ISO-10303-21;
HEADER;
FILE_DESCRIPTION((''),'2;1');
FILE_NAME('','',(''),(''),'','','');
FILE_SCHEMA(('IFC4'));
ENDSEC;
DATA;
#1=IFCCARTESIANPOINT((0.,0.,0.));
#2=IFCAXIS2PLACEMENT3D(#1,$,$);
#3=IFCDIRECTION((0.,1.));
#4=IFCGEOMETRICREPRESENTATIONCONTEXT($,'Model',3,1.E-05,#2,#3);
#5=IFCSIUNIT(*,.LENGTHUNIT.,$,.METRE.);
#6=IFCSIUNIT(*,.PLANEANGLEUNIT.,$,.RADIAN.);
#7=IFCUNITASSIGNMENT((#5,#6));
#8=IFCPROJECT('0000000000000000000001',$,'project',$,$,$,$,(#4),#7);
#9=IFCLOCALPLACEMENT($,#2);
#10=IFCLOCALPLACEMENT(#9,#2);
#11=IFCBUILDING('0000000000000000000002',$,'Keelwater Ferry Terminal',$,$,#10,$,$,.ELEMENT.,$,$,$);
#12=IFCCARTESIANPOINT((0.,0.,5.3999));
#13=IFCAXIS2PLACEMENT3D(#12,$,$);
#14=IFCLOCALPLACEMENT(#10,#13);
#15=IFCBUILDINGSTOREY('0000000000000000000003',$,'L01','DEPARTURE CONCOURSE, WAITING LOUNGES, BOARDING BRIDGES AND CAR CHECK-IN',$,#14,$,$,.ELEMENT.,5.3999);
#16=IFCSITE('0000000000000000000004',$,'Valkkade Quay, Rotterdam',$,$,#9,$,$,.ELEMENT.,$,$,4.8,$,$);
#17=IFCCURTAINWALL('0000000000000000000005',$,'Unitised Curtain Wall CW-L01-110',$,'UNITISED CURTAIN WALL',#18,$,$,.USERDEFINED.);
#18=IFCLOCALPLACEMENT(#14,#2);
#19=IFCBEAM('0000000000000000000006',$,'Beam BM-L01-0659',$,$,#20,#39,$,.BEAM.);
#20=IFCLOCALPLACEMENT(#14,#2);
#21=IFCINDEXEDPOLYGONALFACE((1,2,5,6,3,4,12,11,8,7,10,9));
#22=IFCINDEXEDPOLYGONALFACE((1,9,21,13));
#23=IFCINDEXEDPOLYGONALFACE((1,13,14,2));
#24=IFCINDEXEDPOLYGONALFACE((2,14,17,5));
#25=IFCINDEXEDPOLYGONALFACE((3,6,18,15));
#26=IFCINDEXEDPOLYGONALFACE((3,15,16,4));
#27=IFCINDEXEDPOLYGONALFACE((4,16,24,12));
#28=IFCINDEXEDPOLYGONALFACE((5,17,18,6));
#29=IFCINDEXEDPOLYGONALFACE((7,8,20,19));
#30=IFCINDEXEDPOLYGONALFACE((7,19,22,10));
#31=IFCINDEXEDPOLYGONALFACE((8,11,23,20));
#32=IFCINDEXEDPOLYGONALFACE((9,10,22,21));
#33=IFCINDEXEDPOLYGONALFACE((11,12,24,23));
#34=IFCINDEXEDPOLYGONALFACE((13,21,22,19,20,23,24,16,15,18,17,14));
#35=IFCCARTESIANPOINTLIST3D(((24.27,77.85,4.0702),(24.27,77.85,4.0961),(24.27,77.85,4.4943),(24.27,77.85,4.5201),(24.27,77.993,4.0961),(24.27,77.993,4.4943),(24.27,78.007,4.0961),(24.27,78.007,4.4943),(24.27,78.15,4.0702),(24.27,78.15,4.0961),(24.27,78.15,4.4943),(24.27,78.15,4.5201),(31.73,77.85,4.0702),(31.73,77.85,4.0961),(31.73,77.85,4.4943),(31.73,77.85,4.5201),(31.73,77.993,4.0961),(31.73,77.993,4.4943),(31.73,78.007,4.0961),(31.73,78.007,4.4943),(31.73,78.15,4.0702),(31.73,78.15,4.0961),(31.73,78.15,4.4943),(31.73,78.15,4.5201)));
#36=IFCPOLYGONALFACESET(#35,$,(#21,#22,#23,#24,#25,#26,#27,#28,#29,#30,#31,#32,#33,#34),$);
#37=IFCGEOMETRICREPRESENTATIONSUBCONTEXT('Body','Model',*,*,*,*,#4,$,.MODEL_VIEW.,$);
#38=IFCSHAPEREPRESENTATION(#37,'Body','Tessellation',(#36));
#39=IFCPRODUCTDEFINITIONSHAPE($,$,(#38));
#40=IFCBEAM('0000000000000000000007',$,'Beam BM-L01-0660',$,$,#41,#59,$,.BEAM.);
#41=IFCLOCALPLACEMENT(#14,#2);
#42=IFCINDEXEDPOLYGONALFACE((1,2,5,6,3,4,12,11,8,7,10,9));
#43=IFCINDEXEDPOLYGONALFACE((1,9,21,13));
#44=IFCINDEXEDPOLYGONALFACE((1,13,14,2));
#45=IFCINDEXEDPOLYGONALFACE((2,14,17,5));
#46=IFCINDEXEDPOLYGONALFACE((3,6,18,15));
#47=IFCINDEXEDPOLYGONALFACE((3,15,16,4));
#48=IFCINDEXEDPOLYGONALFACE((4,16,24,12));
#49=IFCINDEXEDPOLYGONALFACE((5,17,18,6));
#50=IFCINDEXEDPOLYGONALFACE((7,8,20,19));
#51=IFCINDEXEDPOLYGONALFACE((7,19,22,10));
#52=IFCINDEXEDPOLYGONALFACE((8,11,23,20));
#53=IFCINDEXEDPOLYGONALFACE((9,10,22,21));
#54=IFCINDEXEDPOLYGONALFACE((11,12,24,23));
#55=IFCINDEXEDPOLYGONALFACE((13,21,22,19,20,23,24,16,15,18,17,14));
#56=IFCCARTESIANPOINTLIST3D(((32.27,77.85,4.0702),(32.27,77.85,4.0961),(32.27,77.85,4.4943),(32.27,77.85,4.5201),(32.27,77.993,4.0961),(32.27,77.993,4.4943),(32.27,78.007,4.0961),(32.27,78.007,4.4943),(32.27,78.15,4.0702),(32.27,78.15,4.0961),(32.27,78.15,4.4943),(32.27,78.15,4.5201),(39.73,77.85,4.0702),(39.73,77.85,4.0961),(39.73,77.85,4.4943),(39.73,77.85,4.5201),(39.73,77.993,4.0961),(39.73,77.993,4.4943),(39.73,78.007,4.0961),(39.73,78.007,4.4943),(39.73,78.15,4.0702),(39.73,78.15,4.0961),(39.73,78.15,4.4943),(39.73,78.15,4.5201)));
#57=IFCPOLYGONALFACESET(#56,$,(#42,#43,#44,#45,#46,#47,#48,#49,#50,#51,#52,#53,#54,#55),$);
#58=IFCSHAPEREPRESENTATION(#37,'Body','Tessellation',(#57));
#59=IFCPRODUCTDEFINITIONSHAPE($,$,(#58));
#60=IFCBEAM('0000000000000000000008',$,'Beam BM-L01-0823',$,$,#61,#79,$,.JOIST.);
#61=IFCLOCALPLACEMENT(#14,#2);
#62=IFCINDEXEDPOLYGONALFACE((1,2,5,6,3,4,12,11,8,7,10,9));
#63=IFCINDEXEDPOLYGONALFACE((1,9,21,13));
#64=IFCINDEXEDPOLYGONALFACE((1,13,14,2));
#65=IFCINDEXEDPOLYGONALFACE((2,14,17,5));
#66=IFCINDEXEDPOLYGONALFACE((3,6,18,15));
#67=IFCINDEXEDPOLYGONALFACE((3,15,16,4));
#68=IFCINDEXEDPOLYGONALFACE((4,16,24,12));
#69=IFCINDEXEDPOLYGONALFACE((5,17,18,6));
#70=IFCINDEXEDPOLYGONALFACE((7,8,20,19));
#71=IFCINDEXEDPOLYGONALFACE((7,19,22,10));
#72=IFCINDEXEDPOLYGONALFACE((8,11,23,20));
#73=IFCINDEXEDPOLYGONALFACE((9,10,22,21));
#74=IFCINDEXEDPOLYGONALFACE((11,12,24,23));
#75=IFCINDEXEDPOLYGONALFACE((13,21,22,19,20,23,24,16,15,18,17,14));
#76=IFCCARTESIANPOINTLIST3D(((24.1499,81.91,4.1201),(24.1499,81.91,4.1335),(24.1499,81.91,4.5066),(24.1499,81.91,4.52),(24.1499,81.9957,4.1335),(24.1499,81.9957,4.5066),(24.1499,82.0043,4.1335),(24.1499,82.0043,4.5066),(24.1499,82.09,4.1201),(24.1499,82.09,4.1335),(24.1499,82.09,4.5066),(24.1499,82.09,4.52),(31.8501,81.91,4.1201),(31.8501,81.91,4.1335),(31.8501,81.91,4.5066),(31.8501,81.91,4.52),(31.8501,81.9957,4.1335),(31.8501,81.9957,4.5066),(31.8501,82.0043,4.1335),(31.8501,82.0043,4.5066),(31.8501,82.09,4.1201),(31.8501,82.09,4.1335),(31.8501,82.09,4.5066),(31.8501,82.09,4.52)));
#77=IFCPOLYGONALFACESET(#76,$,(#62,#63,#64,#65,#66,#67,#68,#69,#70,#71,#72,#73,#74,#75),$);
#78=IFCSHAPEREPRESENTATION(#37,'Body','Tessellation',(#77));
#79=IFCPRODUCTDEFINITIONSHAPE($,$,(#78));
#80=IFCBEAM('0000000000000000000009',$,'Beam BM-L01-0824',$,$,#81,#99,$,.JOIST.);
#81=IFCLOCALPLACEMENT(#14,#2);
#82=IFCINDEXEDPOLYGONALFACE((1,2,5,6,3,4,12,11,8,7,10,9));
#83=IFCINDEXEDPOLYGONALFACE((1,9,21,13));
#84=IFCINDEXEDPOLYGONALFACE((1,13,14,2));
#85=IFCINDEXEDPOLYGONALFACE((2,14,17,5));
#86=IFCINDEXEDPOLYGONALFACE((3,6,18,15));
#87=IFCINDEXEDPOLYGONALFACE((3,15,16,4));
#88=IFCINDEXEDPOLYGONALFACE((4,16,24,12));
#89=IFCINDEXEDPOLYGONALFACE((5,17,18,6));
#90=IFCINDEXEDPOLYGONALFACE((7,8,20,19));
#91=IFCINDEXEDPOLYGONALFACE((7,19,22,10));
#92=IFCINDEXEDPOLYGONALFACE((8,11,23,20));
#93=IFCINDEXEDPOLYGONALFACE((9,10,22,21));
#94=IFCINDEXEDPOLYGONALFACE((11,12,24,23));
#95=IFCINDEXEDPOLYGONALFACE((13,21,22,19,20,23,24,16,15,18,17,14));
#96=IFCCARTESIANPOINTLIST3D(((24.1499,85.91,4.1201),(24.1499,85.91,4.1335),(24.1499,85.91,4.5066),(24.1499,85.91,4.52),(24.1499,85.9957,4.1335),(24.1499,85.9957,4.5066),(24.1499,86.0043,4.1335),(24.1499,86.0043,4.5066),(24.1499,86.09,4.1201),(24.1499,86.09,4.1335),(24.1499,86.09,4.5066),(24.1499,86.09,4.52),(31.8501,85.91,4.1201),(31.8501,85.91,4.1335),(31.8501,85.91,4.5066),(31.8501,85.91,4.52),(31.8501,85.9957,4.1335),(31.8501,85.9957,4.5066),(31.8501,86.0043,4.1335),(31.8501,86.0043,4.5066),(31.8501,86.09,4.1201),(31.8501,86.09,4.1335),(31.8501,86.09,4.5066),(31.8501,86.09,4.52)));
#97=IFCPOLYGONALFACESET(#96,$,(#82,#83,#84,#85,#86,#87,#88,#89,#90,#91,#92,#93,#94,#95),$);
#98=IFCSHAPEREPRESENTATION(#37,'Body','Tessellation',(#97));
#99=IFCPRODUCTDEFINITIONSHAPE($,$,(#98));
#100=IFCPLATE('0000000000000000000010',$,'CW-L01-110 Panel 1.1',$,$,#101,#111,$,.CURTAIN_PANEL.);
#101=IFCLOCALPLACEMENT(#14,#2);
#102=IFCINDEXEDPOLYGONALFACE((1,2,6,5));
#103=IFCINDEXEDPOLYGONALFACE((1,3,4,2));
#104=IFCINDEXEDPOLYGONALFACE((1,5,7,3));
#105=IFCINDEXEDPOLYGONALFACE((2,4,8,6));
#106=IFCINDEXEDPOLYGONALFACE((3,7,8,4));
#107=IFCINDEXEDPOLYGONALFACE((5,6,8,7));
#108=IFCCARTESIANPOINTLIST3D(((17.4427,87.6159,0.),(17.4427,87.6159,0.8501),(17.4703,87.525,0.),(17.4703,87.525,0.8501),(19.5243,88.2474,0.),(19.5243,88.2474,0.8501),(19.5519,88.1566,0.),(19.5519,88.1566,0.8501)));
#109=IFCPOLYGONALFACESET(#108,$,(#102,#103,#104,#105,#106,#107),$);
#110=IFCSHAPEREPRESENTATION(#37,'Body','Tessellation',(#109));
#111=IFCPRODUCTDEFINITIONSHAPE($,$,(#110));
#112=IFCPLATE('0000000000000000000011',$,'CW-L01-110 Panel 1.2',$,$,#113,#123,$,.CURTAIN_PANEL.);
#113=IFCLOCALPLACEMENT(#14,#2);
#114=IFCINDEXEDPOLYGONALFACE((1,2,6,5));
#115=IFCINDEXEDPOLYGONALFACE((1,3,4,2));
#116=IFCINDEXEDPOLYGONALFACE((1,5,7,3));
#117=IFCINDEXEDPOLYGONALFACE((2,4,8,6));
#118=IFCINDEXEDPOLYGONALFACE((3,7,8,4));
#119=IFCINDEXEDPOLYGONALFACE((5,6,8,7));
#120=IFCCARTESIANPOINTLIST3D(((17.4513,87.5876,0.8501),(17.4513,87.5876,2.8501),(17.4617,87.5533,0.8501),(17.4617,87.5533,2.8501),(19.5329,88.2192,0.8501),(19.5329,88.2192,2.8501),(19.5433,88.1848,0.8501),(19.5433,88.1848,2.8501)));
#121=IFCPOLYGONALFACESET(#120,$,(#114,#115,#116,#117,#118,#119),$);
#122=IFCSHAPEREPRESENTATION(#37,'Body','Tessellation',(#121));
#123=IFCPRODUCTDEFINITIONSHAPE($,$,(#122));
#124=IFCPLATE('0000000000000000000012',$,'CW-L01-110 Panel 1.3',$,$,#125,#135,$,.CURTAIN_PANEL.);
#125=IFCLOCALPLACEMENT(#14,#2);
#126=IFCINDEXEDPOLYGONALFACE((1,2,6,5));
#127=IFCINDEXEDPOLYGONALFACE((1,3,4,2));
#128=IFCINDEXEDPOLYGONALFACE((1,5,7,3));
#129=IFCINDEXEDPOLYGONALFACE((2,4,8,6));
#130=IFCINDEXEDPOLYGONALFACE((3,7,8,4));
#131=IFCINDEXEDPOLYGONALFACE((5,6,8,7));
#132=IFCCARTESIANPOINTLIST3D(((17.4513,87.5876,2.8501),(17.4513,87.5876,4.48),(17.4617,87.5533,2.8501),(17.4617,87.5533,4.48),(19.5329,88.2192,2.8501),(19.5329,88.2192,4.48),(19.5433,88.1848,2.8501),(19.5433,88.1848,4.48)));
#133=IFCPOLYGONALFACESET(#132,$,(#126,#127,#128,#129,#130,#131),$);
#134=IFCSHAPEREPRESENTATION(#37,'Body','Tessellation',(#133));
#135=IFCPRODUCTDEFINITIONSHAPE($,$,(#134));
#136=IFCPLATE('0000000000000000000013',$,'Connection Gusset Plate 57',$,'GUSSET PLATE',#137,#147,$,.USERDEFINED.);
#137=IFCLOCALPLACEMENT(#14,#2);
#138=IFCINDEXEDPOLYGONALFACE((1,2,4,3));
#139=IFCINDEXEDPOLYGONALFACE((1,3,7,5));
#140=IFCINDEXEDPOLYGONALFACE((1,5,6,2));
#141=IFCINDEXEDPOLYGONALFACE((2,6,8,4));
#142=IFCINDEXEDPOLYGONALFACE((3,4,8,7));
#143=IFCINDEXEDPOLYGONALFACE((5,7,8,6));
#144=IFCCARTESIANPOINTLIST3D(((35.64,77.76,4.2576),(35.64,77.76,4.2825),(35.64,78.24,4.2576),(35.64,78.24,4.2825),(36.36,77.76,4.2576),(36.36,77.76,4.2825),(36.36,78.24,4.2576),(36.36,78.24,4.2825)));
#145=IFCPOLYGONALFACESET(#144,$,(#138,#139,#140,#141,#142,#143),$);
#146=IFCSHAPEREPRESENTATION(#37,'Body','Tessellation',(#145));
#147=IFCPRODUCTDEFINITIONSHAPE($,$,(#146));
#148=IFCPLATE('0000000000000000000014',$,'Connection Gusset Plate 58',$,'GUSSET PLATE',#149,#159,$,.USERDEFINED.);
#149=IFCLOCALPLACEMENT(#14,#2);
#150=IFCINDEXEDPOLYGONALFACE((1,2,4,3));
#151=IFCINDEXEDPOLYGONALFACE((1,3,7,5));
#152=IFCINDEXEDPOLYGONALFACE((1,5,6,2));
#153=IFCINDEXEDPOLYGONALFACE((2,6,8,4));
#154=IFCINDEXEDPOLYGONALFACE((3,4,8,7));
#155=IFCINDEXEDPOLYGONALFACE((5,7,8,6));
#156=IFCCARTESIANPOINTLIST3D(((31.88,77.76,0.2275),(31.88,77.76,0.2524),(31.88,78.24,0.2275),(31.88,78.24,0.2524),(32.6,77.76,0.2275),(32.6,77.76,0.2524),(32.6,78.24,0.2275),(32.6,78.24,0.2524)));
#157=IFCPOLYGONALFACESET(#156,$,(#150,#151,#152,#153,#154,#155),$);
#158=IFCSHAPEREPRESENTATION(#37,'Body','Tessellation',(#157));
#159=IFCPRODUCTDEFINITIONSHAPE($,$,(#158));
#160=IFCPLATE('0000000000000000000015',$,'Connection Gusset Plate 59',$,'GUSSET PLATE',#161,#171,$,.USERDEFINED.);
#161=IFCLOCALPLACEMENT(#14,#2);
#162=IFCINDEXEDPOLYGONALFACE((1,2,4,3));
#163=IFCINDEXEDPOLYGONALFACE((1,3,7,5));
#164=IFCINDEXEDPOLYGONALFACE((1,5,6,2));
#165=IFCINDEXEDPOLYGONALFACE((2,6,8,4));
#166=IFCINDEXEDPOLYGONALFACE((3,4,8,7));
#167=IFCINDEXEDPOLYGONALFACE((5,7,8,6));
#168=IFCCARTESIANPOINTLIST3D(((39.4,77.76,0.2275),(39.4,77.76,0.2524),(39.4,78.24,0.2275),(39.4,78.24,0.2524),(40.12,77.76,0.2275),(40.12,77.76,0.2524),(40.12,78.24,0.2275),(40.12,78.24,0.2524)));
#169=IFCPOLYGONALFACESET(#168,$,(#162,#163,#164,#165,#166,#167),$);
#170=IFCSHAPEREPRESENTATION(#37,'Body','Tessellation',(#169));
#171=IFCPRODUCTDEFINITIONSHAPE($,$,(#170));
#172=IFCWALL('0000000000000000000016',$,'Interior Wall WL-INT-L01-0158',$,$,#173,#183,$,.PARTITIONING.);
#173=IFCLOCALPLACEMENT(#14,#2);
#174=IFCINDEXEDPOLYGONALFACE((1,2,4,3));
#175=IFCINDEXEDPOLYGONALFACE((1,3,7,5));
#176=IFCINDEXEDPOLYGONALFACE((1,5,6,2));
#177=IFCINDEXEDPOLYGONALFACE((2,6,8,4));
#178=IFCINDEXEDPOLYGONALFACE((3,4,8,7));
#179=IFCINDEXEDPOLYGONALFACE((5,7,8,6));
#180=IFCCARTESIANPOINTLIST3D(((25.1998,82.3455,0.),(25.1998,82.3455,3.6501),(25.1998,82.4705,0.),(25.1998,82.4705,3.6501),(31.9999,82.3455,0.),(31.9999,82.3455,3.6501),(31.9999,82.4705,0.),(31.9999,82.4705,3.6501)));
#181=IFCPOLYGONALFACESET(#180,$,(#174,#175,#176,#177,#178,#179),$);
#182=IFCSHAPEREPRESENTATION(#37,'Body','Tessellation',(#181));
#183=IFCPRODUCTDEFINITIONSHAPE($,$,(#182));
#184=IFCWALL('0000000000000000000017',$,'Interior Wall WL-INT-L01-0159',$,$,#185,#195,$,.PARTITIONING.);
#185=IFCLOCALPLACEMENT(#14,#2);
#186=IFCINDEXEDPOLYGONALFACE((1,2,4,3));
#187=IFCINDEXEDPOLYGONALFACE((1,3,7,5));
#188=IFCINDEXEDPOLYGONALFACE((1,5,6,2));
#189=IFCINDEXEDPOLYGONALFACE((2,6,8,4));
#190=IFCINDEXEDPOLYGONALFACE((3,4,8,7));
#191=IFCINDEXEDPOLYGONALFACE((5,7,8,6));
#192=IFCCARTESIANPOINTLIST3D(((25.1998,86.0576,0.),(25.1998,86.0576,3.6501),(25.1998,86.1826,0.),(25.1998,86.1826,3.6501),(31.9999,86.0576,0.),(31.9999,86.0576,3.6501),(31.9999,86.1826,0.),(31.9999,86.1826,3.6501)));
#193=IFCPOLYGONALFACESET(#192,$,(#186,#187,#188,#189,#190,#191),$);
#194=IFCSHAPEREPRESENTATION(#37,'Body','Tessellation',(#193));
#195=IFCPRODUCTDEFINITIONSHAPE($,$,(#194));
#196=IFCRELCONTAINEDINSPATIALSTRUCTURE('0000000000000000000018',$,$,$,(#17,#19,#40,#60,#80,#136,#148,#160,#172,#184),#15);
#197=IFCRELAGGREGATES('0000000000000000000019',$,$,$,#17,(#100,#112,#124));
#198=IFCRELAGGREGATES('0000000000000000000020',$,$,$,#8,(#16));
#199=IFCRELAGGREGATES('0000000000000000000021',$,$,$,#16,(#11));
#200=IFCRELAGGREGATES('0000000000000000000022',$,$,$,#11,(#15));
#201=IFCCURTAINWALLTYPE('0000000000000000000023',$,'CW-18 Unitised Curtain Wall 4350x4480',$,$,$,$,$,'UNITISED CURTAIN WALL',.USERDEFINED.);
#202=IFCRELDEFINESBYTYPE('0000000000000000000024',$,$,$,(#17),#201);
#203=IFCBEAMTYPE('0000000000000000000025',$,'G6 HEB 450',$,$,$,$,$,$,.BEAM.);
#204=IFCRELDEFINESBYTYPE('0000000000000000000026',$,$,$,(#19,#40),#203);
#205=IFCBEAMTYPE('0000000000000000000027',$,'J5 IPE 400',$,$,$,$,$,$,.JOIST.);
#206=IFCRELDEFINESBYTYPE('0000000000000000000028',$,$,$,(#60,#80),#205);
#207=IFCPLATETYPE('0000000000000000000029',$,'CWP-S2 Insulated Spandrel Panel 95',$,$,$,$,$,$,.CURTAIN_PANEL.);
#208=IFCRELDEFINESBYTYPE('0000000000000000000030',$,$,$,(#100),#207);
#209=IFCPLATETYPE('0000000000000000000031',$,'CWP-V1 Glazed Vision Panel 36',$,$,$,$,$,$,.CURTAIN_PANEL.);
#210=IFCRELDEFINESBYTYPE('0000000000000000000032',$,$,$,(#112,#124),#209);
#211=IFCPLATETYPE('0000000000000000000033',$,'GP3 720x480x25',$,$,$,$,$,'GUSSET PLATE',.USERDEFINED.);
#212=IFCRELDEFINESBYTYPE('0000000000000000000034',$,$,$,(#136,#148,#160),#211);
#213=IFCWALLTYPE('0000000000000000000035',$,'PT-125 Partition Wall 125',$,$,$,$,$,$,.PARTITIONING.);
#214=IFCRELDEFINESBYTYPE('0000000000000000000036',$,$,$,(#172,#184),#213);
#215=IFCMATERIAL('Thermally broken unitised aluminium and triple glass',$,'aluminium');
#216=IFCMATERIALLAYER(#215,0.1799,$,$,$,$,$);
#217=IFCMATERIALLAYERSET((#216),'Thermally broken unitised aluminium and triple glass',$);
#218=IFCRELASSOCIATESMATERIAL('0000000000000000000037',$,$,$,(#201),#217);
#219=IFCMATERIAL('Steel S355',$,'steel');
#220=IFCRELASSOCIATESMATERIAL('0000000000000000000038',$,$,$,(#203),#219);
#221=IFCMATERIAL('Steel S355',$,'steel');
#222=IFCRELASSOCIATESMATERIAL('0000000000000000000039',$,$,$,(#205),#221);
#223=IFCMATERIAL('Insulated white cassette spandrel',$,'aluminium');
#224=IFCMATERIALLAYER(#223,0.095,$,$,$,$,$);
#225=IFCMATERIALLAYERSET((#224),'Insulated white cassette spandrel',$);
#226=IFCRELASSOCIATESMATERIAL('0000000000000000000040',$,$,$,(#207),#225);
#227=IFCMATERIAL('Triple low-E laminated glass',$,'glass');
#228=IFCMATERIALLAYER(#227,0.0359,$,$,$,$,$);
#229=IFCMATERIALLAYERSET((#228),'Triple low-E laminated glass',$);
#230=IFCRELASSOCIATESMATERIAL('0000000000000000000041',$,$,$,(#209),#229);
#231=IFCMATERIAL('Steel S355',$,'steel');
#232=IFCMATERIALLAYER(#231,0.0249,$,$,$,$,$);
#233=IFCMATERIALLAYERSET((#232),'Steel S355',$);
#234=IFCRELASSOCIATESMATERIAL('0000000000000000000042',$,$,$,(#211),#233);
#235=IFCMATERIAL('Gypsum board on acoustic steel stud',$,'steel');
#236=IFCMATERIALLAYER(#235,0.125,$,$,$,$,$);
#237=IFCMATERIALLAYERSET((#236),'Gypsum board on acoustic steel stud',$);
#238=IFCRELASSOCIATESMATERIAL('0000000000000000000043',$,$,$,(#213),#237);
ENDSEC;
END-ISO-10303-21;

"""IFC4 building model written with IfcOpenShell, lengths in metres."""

from ifc_helpers import new_model, si_unit, direction, frame, frame_2d, origin, origin_2d, place, context, subcontext, project, spatial, rectangle, i_section, extrude, material, layer, layer_set, material_profile, profile_set, type_object, element, aggregate, save


model = new_model("IFC4")

# Units and contexts
model_context = context("Model", 3, precision=1e-05, world=origin(), true_north=direction((0.0, 1.0)))
body_context = subcontext(model_context, "Body", "Model", "MODEL_VIEW")
ifc_project = project(units=[si_unit("LENGTHUNIT", "METRE"), si_unit("PLANEANGLEUNIT", "RADIAN")], contexts=[model_context])

# Site, building, storey
site_placement = place(None, origin())
site = spatial("IfcSite", under=ifc_project, at=site_placement, Name="Valkkade Quay, Rotterdam", CompositionType="ELEMENT", RefElevation=4.8)
building_placement = place(site_placement, origin())
building = spatial("IfcBuilding", under=site, at=building_placement, Name="Keelwater Ferry Terminal", CompositionType="ELEMENT")
storey_placement = place(building_placement, frame((0.0, 0.0, 5.3999)))
storey = spatial("IfcBuildingStorey", under=building, at=storey_placement, Name="L01", Description="DEPARTURE CONCOURSE, WAITING LOUNGES, BOARDING BRIDGES AND CAR CHECK-IN", CompositionType="ELEMENT", Elevation=5.3999)

# Curtain wall
ifc_material_1 = material(Name="Thermally broken unitised aluminium and triple glass", Category="aluminium")
ifc_layer_1 = layer(ifc_material_1, 0.1799)
ifc_layer_set_1 = layer_set([ifc_layer_1], Name="Thermally broken unitised aluminium and triple glass")
curtain_wall_type = type_object("IfcCurtainWallType", Name="CW-18 Unitised Curtain Wall 4350x4480", ElementType="UNITISED CURTAIN WALL", PredefinedType="USERDEFINED", material=ifc_layer_set_1)
curtain_wall_placement = place(storey_placement, origin())
curtain_wall = element("IfcCurtainWall", 1, at=curtain_wall_placement, inside=storey, type_object=curtain_wall_type, Name="Unitised Curtain Wall CW-L01-110", ObjectType="UNITISED CURTAIN WALL", PredefinedType="USERDEFINED")

# Beams
ifc_material_2 = material(Name="Steel S355", Category="steel")
ifc_material_profile_1 = material_profile(ifc_material_2, i_section(OverallWidth=0.3, OverallDepth=0.45, WebThickness=0.0139, FlangeThickness=0.0259, at=origin_2d()), Name="HEB 450")
ifc_profile_set_1 = profile_set([ifc_material_profile_1], Name="Steel S355")
beam_type_1 = type_object("IfcBeamType", Name="G6 HEB 450", PredefinedType="BEAM", material=ifc_profile_set_1)
for number, where, z_axis, x_axis, name in (
    (2, (24.27, 78.0, 4.2952), (1.0, 0.0, 0.0), (0.0, 1.0, 0.0), "Beam BM-L01-0659"),
    (3, (32.27, 78.0, 4.2952), (1.0, 0.0, 0.0), (0.0, 1.0, 0.0), "Beam BM-L01-0660"),
):
    element("IfcBeam", number, at=place(storey_placement, frame(where, z_axis=z_axis, x_axis=x_axis)), inside=storey, type_object=beam_type_1, Name=name, PredefinedType="BEAM", context=body_context, shape_type="SweptSolid", body=[
        extrude(i_section(OverallWidth=0.3, OverallDepth=0.45, WebThickness=0.0139, FlangeThickness=0.0259, at=origin_2d()), origin(), (0.0, 0.0, 1.0), 7.46),
    ])
ifc_material_3 = material(Name="Steel S355", Category="steel")
ifc_material_profile_2 = material_profile(ifc_material_3, i_section(OverallWidth=0.1799, OverallDepth=0.3999, WebThickness=0.0085, FlangeThickness=0.0134, at=origin_2d()), Name="IPE 400")
ifc_profile_set_2 = profile_set([ifc_material_profile_2], Name="Steel S355")
beam_type_2 = type_object("IfcBeamType", Name="J5 IPE 400", PredefinedType="JOIST", material=ifc_profile_set_2)
for number, where, z_axis, x_axis, name in (
    (4, (24.1499, 82.0, 4.3201), (1.0, 0.0, 0.0), (0.0, 1.0, 0.0), "Beam BM-L01-0823"),
    (5, (24.1499, 86.0, 4.3201), (1.0, 0.0, 0.0), (0.0, 1.0, 0.0), "Beam BM-L01-0824"),
):
    element("IfcBeam", number, at=place(storey_placement, frame(where, z_axis=z_axis, x_axis=x_axis)), inside=storey, type_object=beam_type_2, Name=name, PredefinedType="JOIST", context=body_context, shape_type="SweptSolid", body=[
        extrude(i_section(OverallWidth=0.1799, OverallDepth=0.3999, WebThickness=0.0085, FlangeThickness=0.0134, at=origin_2d()), origin(), (0.0, 0.0, 1.0), 7.7002),
    ])

# Plates
ifc_material_4 = material(Name="Insulated white cassette spandrel", Category="aluminium")
ifc_layer_2 = layer(ifc_material_4, 0.095)
ifc_layer_set_2 = layer_set([ifc_layer_2], Name="Insulated white cassette spandrel")
plate_type_1 = type_object("IfcPlateType", Name="CWP-S2 Insulated Spandrel Panel 95", PredefinedType="CURTAIN_PANEL", material=ifc_layer_set_2)
plate_1_placement = place(storey_placement, frame((18.4973, 87.8862, 0.0), z_axis=(0.0, 0.0, 1.0), x_axis=(-0.95693, -0.29032, 0.0)))
plate_1 = element("IfcPlate", 6, at=plate_1_placement, type_object=plate_type_1, Name="CW-L01-110 Panel 1.1", PredefinedType="CURTAIN_PANEL", context=body_context, shape_type="SweptSolid", body=[
    extrude(rectangle(XDim=2.1753, YDim=0.095, at=origin_2d()), origin(), (0.0, 0.0, 1.0), 0.8501),
])
ifc_material_5 = material(Name="Triple low-E laminated glass", Category="glass")
ifc_layer_3 = layer(ifc_material_5, 0.0359)
ifc_layer_set_3 = layer_set([ifc_layer_3], Name="Triple low-E laminated glass")
plate_type_2 = type_object("IfcPlateType", Name="CWP-V1 Glazed Vision Panel 36", PredefinedType="CURTAIN_PANEL", material=ifc_layer_set_3)
plate_2_placement = place(storey_placement, frame((18.4973, 87.8862, 0.8501), z_axis=(0.0, 0.0, 1.0), x_axis=(-0.95693, -0.29032, 0.0)))
plate_2 = element("IfcPlate", 7, at=plate_2_placement, type_object=plate_type_2, Name="CW-L01-110 Panel 1.2", PredefinedType="CURTAIN_PANEL", context=body_context, shape_type="SweptSolid", body=[
    extrude(rectangle(XDim=2.1753, YDim=0.0359, at=origin_2d()), origin(), (0.0, 0.0, 1.0), 2.0),
])
plate_3_placement = place(storey_placement, frame((18.4973, 87.8862, 2.8501), z_axis=(0.0, 0.0, 1.0), x_axis=(-0.95693, -0.29032, 0.0)))
plate_3 = element("IfcPlate", 8, at=plate_3_placement, type_object=plate_type_2, Name="CW-L01-110 Panel 1.3", PredefinedType="CURTAIN_PANEL", context=body_context, shape_type="SweptSolid", body=[
    extrude(rectangle(XDim=2.1753, YDim=0.0359, at=origin_2d()), origin(), (0.0, 0.0, 1.0), 1.6299),
])
aggregate(curtain_wall, [plate_1, plate_2, plate_3])

# Plates
ifc_material_6 = material(Name="Steel S355", Category="steel")
ifc_layer_4 = layer(ifc_material_6, 0.0249)
ifc_layer_set_4 = layer_set([ifc_layer_4], Name="Steel S355")
plate_type_3 = type_object("IfcPlateType", Name="GP3 720x480x25", ElementType="GUSSET PLATE", PredefinedType="USERDEFINED", material=ifc_layer_set_4)
for number, where, z_axis, x_axis, name in (
    (9, (36.0, 78.0, 4.2576), (0.0, 0.0, 1.0), (1.0, 0.0, 0.0), "Connection Gusset Plate 57"),
    (10, (32.24, 78.0, 0.2275), (0.0, 0.0, 1.0), (1.0, 0.0, 0.0), "Connection Gusset Plate 58"),
    (11, (39.76, 78.0, 0.2275), (0.0, 0.0, 1.0), (1.0, 0.0, 0.0), "Connection Gusset Plate 59"),
):
    element("IfcPlate", number, at=place(storey_placement, frame(where, z_axis=z_axis, x_axis=x_axis)), inside=storey, type_object=plate_type_3, Name=name, ObjectType="GUSSET PLATE", PredefinedType="USERDEFINED", context=body_context, shape_type="SweptSolid", body=[
        extrude(rectangle(XDim=0.72, YDim=0.48, at=origin_2d()), origin(), (0.0, 0.0, 1.0), 0.0249),
    ])

# Walls
ifc_material_7 = material(Name="Gypsum board on acoustic steel stud", Category="steel")
ifc_layer_5 = layer(ifc_material_7, 0.125)
ifc_layer_set_5 = layer_set([ifc_layer_5], Name="Gypsum board on acoustic steel stud")
wall_type_1 = type_object("IfcWallType", Name="PT-125 Partition Wall 125", PredefinedType="PARTITIONING", material=ifc_layer_set_5)
for number, where, z_axis, x_axis, name in (
    (12, (25.2, 82.408, 0.0), (0.0, 0.0, 1.0), (1.0, 0.0, 0.0), "Interior Wall WL-INT-L01-0158"),
    (13, (25.2, 86.1201, 0.0), (0.0, 0.0, 1.0), (1.0, 0.0, 0.0), "Interior Wall WL-INT-L01-0159"),
):
    element("IfcWall", number, at=place(storey_placement, frame(where, z_axis=z_axis, x_axis=x_axis)), inside=storey, type_object=wall_type_1, Name=name, PredefinedType="PARTITIONING", context=body_context, shape_type="SweptSolid", body=[
        extrude(rectangle(XDim=6.8, YDim=0.125, at=frame_2d((3.3999, 0.0))), origin(), (0.0, 0.0, 1.0), 3.6501),
    ])

save(model, "model.ifc")
